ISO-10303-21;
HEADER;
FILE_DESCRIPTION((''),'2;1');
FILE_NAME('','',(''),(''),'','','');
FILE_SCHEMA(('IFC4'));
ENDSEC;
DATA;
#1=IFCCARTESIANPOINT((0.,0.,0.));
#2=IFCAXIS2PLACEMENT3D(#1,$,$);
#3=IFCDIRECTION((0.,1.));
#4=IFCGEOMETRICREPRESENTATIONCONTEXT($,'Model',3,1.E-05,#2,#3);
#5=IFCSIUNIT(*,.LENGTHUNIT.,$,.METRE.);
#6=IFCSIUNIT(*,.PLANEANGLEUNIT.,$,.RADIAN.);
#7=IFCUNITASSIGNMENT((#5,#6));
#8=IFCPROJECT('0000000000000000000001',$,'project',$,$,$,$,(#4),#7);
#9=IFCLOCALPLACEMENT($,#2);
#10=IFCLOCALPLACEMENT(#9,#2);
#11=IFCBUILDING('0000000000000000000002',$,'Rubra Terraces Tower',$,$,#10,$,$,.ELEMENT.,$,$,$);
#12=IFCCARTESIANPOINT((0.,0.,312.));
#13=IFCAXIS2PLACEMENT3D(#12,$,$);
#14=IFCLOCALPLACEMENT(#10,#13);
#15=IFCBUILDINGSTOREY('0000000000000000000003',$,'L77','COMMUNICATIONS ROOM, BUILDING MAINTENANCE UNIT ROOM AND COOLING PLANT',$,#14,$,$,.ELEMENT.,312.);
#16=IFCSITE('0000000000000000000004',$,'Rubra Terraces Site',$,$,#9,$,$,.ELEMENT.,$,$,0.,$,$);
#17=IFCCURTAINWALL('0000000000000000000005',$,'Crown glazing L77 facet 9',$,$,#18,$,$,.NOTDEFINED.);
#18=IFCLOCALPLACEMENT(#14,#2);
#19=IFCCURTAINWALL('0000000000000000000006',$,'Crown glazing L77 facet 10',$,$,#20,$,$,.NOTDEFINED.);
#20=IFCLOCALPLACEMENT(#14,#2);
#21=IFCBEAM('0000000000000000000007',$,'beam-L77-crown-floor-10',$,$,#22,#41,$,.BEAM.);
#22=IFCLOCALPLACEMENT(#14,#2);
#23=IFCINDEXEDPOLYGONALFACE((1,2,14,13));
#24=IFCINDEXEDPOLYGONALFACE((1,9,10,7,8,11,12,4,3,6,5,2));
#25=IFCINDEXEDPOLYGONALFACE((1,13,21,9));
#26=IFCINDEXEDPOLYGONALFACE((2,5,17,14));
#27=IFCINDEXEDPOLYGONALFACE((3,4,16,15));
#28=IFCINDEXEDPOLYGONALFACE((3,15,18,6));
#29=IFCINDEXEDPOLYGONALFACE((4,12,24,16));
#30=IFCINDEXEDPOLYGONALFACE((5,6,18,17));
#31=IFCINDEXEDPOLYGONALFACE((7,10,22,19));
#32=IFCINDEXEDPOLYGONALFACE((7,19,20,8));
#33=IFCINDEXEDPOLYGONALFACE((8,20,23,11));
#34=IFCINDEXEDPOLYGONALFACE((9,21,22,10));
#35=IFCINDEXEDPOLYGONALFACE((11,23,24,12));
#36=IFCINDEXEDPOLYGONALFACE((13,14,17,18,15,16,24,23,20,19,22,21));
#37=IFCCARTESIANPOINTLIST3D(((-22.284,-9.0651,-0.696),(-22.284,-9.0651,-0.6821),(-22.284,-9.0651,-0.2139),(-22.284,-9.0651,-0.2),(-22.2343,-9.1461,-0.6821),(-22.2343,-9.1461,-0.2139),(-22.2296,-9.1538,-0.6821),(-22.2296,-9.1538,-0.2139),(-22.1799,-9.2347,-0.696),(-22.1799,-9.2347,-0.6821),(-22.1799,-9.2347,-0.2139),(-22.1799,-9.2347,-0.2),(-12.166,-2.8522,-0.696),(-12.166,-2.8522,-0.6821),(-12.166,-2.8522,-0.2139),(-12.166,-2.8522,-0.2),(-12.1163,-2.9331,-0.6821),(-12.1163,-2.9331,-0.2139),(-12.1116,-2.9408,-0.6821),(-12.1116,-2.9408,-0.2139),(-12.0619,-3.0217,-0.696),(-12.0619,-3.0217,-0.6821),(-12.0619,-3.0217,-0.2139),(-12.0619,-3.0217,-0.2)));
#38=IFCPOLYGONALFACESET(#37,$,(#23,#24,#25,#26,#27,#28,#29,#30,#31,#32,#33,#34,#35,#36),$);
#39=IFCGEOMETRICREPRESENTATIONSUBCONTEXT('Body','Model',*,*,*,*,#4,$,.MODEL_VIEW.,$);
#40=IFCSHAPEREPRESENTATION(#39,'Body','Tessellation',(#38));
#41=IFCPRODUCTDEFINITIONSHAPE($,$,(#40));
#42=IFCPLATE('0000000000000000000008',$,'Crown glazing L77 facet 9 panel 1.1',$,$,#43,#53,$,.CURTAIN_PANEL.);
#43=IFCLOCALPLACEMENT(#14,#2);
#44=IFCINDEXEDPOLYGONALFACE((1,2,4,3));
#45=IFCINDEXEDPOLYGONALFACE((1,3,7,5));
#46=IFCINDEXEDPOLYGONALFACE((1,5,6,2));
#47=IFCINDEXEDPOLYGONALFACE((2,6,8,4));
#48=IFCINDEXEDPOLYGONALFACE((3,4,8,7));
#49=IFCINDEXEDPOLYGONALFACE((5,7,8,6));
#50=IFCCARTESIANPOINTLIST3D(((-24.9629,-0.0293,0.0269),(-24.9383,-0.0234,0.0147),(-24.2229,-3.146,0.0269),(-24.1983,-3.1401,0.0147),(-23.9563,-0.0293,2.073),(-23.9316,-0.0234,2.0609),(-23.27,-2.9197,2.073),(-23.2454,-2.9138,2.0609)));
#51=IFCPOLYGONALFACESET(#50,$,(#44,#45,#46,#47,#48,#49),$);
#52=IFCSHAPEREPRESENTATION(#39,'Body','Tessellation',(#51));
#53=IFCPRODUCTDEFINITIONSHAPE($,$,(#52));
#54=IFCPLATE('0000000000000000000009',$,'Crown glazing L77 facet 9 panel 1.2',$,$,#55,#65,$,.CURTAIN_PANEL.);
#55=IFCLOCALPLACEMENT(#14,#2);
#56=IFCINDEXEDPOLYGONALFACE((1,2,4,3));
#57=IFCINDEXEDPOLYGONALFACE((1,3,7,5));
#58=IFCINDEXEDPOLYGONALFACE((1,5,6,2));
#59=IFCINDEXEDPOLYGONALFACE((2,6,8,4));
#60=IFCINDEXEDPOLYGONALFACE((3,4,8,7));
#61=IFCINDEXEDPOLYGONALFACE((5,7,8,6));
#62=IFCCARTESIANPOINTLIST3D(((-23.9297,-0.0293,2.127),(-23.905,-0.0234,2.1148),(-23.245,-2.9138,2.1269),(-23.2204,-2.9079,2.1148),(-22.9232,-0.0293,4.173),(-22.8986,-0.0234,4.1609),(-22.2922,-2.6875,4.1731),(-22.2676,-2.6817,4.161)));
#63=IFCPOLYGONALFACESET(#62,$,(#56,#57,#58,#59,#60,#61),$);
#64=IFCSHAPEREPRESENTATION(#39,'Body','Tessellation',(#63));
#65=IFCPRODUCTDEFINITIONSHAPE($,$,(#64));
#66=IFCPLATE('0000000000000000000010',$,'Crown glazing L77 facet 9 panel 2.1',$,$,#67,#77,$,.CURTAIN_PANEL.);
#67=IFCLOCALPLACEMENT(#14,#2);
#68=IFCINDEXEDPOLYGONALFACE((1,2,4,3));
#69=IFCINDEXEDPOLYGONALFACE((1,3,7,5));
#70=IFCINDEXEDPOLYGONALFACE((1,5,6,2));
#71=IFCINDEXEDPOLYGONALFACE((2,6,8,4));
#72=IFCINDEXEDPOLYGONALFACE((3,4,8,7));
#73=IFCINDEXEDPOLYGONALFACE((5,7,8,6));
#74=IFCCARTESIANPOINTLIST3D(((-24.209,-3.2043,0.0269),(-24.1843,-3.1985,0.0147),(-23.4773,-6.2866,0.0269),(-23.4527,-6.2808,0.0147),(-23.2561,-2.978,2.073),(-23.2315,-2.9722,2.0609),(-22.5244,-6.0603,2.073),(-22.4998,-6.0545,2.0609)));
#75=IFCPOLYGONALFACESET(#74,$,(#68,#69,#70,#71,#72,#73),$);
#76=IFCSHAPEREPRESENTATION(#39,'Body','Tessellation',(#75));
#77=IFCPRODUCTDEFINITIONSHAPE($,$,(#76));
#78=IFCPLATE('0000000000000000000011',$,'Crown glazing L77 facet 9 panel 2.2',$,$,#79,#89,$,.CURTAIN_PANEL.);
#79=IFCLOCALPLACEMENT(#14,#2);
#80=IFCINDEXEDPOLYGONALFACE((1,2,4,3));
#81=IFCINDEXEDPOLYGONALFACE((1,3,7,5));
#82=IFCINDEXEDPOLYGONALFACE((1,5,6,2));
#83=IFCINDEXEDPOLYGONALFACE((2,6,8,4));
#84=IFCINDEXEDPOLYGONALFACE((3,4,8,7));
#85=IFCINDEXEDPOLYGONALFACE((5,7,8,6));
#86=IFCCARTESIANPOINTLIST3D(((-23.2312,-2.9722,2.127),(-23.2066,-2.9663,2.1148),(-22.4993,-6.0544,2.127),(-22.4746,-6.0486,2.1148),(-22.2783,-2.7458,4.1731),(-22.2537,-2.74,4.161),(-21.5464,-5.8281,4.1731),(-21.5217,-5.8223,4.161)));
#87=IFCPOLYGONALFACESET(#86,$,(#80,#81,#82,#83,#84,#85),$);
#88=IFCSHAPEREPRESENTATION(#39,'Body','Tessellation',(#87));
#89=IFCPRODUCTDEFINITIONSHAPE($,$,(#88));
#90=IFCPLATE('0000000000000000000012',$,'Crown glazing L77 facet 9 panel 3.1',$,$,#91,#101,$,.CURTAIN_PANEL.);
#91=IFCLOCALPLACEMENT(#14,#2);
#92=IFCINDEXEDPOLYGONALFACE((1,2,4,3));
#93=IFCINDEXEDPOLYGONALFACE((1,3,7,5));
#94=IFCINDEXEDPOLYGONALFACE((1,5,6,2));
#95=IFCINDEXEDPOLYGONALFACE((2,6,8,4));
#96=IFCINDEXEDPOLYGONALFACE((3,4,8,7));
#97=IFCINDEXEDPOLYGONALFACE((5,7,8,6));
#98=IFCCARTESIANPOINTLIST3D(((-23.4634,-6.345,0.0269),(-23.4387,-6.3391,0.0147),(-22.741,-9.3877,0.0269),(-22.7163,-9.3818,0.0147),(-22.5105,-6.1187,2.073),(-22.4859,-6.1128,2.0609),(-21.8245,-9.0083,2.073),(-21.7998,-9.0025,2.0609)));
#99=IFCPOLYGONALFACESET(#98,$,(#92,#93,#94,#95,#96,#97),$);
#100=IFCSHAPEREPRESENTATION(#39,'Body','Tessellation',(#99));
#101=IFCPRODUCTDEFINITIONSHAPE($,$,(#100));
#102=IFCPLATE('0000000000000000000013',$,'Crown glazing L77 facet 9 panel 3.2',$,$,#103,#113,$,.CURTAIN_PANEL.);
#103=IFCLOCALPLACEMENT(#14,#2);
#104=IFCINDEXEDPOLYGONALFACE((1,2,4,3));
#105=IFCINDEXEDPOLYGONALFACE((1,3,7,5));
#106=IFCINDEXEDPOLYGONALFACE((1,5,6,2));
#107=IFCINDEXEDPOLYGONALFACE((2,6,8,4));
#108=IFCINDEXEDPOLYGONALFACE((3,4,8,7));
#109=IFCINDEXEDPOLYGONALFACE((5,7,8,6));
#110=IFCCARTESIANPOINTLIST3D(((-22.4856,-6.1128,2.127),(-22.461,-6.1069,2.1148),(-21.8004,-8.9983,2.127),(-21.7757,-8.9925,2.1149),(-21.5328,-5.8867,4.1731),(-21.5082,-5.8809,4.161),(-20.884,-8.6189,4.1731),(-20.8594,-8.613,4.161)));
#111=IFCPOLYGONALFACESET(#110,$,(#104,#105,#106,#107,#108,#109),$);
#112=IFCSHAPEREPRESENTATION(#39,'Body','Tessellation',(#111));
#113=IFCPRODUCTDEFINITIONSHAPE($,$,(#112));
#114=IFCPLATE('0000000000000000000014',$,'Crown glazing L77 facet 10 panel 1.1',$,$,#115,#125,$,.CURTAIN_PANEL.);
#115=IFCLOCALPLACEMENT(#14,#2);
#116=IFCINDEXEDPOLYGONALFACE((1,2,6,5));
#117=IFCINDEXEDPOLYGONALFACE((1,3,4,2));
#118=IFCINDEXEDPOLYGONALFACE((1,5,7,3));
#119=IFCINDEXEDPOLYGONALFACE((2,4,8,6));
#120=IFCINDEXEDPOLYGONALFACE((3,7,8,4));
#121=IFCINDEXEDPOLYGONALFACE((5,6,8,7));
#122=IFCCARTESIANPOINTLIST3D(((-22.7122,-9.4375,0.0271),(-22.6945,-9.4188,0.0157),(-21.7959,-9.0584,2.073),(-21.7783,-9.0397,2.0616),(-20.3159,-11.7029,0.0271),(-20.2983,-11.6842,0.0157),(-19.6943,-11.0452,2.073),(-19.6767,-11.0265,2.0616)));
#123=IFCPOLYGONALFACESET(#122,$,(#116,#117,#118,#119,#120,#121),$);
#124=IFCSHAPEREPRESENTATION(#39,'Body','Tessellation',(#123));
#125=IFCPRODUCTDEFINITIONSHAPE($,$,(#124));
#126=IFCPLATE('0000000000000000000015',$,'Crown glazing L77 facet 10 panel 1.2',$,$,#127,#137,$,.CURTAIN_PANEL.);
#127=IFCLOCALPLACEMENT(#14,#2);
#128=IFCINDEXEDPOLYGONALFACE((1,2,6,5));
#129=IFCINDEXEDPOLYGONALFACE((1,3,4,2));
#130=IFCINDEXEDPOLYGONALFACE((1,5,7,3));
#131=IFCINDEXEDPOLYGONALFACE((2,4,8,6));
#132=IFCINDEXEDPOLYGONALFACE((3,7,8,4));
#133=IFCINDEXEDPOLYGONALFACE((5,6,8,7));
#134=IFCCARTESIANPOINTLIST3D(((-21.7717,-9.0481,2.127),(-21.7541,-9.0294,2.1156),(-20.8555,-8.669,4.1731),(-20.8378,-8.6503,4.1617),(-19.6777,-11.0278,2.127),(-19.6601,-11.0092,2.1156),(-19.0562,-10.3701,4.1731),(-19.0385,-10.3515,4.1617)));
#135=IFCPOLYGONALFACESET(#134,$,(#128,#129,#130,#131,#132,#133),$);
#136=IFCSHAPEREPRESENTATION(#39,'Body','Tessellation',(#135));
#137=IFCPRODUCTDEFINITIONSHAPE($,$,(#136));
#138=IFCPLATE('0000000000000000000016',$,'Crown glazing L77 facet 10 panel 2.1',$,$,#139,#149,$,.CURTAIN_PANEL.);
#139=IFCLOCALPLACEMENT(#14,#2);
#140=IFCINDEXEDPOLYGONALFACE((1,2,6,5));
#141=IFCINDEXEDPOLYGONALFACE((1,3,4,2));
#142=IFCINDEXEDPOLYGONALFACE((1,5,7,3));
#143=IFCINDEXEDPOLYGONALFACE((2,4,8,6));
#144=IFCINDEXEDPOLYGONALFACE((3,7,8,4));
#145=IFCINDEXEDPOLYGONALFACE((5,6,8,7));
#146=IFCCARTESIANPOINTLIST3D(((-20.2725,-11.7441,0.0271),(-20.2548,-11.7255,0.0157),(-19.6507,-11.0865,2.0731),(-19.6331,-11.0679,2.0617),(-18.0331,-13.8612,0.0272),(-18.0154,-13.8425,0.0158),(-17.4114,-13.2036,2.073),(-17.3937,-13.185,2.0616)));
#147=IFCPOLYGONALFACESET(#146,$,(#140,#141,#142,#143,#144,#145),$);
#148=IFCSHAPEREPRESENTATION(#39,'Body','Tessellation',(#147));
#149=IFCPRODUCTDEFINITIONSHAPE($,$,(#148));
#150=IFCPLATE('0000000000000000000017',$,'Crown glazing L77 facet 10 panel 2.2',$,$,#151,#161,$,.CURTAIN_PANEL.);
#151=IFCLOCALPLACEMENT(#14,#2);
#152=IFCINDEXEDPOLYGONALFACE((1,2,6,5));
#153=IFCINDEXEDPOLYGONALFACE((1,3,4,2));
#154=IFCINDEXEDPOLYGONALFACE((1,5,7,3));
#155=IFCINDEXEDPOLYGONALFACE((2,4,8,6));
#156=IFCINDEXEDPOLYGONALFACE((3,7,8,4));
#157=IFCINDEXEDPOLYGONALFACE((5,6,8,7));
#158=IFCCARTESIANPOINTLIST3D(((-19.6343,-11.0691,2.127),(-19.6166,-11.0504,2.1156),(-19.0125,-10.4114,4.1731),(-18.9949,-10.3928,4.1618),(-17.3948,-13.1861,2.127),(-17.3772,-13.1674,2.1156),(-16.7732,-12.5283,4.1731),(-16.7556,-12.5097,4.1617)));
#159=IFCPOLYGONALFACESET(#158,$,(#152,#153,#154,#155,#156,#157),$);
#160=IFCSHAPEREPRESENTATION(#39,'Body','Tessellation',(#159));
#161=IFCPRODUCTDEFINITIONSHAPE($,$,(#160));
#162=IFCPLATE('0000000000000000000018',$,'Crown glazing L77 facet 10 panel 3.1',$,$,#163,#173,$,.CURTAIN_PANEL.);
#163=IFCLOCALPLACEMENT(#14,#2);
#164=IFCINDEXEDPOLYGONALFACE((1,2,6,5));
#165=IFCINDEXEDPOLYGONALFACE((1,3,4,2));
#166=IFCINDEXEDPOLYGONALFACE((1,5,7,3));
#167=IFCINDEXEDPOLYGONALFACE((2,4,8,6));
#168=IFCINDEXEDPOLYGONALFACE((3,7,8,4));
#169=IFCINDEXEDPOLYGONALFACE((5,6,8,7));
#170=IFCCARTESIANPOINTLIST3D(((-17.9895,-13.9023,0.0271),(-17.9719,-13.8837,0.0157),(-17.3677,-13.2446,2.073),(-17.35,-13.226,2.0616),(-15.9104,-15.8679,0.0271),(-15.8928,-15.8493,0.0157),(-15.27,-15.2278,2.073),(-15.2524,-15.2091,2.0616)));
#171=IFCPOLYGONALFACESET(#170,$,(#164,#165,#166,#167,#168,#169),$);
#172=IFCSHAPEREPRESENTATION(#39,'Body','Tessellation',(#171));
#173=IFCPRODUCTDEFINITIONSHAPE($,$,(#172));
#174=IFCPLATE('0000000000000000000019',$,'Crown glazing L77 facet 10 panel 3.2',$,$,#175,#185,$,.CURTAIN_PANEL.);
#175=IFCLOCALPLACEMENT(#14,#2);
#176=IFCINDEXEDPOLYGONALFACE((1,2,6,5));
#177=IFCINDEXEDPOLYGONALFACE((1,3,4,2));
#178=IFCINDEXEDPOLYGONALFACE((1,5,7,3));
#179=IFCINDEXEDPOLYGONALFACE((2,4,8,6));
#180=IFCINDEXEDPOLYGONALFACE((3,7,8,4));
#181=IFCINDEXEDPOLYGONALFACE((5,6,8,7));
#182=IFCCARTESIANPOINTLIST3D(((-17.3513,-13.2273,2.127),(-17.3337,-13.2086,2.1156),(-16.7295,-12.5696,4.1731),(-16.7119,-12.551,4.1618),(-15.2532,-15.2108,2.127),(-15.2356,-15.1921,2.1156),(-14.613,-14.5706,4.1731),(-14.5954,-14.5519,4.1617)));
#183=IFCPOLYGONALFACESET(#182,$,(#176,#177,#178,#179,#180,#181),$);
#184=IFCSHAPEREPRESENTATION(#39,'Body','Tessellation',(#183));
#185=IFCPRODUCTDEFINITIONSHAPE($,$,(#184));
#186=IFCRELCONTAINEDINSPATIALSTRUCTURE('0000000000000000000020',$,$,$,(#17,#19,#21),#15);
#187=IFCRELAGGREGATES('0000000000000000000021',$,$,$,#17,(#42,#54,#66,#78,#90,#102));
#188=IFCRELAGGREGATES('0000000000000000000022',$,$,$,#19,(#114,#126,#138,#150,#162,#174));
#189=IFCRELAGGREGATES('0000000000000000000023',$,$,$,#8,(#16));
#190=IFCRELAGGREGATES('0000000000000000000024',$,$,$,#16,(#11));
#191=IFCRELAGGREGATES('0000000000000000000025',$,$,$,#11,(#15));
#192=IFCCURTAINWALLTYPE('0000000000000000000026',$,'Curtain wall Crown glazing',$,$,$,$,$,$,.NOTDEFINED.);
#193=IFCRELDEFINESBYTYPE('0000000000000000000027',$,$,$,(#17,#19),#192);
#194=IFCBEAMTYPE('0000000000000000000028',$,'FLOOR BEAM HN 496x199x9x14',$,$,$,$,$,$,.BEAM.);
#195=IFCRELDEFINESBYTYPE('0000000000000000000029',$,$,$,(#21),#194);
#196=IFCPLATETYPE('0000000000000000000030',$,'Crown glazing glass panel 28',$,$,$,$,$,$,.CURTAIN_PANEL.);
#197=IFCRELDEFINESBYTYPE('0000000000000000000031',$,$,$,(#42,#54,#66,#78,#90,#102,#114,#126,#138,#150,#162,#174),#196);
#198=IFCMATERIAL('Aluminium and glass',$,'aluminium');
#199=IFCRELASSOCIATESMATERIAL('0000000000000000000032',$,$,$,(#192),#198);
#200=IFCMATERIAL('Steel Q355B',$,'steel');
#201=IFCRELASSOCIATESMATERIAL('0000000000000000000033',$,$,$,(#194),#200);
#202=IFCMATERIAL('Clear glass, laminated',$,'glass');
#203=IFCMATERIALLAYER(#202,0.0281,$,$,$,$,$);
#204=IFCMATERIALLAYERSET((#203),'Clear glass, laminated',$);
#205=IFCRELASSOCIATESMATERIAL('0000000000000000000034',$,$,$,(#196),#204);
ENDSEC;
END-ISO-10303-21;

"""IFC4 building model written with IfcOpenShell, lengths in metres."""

from ifc_helpers import new_model, si_unit, direction, frame, origin, origin_2d, place, context, subcontext, project, spatial, polyline, i_section, outline, extrude, material, layer, layer_set, material_profile, profile_set, type_object, element, aggregate, save


model = new_model("IFC4")

# Units and contexts
model_context = context("Model", 3, precision=1e-05, world=origin(), true_north=direction((0.0, 1.0)))
body_context = subcontext(model_context, "Body", "Model", "MODEL_VIEW")
ifc_project = project(units=[si_unit("LENGTHUNIT", "METRE"), si_unit("PLANEANGLEUNIT", "RADIAN")], contexts=[model_context])

# Site, building, storey
site_placement = place(None, origin())
site = spatial("IfcSite", under=ifc_project, at=site_placement, Name="Rubra Terraces Site", CompositionType="ELEMENT", RefElevation=0.0)
building_placement = place(site_placement, origin())
building = spatial("IfcBuilding", under=site, at=building_placement, Name="Rubra Terraces Tower", CompositionType="ELEMENT")
storey_placement = place(building_placement, frame((0.0, 0.0, 312.0)))
storey = spatial("IfcBuildingStorey", under=building, at=storey_placement, Name="L77", Description="COMMUNICATIONS ROOM, BUILDING MAINTENANCE UNIT ROOM AND COOLING PLANT", CompositionType="ELEMENT", Elevation=312.0)

# Shared definitions
ifc_material_1 = material(Name="Steel Q355B", Category="steel")

# Curtain walls
ifc_material_2 = material(Name="Aluminium and glass", Category="aluminium")
curtain_wall_type = type_object("IfcCurtainWallType", Name="Curtain wall Crown glazing", PredefinedType="NOTDEFINED", material=ifc_material_2)
curtain_wall_1_placement = place(storey_placement, origin())
curtain_wall_1 = element("IfcCurtainWall", 1, at=curtain_wall_1_placement, inside=storey, type_object=curtain_wall_type, Name="Crown glazing L77 facet 9", PredefinedType="NOTDEFINED")
curtain_wall_2_placement = place(storey_placement, origin())
curtain_wall_2 = element("IfcCurtainWall", 2, at=curtain_wall_2_placement, inside=storey, type_object=curtain_wall_type, Name="Crown glazing L77 facet 10", PredefinedType="NOTDEFINED")

# Beam
ifc_material_profile_1 = material_profile(ifc_material_1, i_section(OverallWidth=0.199, OverallDepth=0.4961, WebThickness=0.009, FlangeThickness=0.0139, at=origin_2d()), Name="HN 496x199x9x14")
ifc_profile_set_1 = profile_set([ifc_material_profile_1], Name="Steel Q355B")
beam_type_1 = type_object("IfcBeamType", Name="FLOOR BEAM HN 496x199x9x14", PredefinedType="BEAM", material=ifc_profile_set_1)
beam_1_placement = place(storey_placement, frame((-22.2319, -9.1499, -0.448), z_axis=(0.852166, 0.523271, 0.0), x_axis=(-0.523271, 0.852166, 0.0)))
element("IfcBeam", 3, at=beam_1_placement, inside=storey, type_object=beam_type_1, Name="beam-L77-crown-floor-10", PredefinedType="BEAM", context=body_context, shape_type="SweptSolid", body=[
    extrude(i_section(OverallWidth=0.199, OverallDepth=0.4961, WebThickness=0.009, FlangeThickness=0.0139, at=origin_2d()), origin(), (0.0, 0.0, 1.0), 11.8733),
])

# Plates
ifc_material_3 = material(Name="Clear glass, laminated", Category="glass")
ifc_layer_1 = layer(ifc_material_3, 0.0281)
ifc_layer_set_1 = layer_set([ifc_layer_1], Name="Clear glass, laminated")
plate_type = type_object("IfcPlateType", Name="Crown glazing glass panel 28", PredefinedType="CURTAIN_PANEL", material=ifc_layer_set_1)
plate_1_placement = place(storey_placement, frame((-24.9629, -0.0293, 0.0269), z_axis=(-0.877601, -0.20837, 0.431738), x_axis=(0.231009, -0.972952, -0.000001)))
plate_1 = element("IfcPlate", 4, at=plate_1_placement, type_object=plate_type, Name="Crown glazing L77 facet 9 panel 1.1", PredefinedType="CURTAIN_PANEL", context=body_context, shape_type="SweptSolid", body=[
    extrude(outline(polyline([(0.0, 0.0), (3.2033, 0.0), (3.2033, 2.2685), (0.2325, 2.2684), (0.0, 0.0)])), origin(), (0.0, 0.0, -1.0), 0.0281),
])
plate_2_placement = place(storey_placement, frame((-23.9297, -0.0293, 2.127), z_axis=(-0.877632, -0.208323, 0.431698), x_axis=(0.230945, -0.972967, -0.000016)))
plate_2 = element("IfcPlate", 5, at=plate_2_placement, type_object=plate_type, Name="Crown glazing L77 facet 9 panel 1.2", PredefinedType="CURTAIN_PANEL", context=body_context, shape_type="SweptSolid", body=[
    extrude(outline(polyline([(0.0, 0.0), (2.9646, 0.0), (2.9645, 2.2685), (0.2324, 2.2684), (0.0, 0.0)])), origin(), (0.0, 0.0, -1.0), 0.0281),
])
plate_3_placement = place(storey_placement, frame((-24.209, -3.2043, 0.0269), z_axis=(-0.877608, -0.208332, 0.431742), x_axis=(0.230968, -0.972961, 0.0)))
plate_3 = element("IfcPlate", 6, at=plate_3_placement, type_object=plate_type, Name="Crown glazing L77 facet 9 panel 2.1", PredefinedType="CURTAIN_PANEL", context=body_context, shape_type="SweptSolid", body=[
    extrude(outline(polyline([(0.0, 0.0), (3.1679, 0.0), (3.1678, 2.2685), (-0.0001, 2.2685), (0.0, 0.0)])), origin(), (0.0, 0.0, -1.0), 0.0281),
])
plate_4_placement = place(storey_placement, frame((-23.2312, -2.9722, 2.127), z_axis=(-0.877593, -0.208398, 0.431742), x_axis=(0.231041, -0.972944, 0.0)))
plate_4 = element("IfcPlate", 7, at=plate_4_placement, type_object=plate_type, Name="Crown glazing L77 facet 9 panel 2.2", PredefinedType="CURTAIN_PANEL", context=body_context, shape_type="SweptSolid", body=[
    extrude(outline(polyline([(0.0, 0.0), (3.168, 0.0), (3.1679, 2.2685), (0.0, 2.2685), (0.0, 0.0)])), origin(), (0.0, 0.0, -1.0), 0.0281),
])
plate_5_placement = place(storey_placement, frame((-23.4634, -6.345, 0.0269), z_axis=(-0.877605, -0.208359, 0.431736), x_axis=(0.230997, -0.972954, 0.000002)))
plate_5 = element("IfcPlate", 8, at=plate_5_placement, type_object=plate_type, Name="Crown glazing L77 facet 9 panel 3.1", PredefinedType="CURTAIN_PANEL", context=body_context, shape_type="SweptSolid", body=[
    extrude(outline(polyline([(0.0, 0.0), (3.1273, 0.0), (2.9699, 2.2684), (-0.0001, 2.2685), (0.0, 0.0)])), origin(), (0.0, 0.0, -1.0), 0.0281),
])
plate_6_placement = place(storey_placement, frame((-22.4856, -6.1128, 2.127), z_axis=(-0.87762, -0.208401, 0.431685), x_axis=(0.231044, -0.972943, 0.000014)))
plate_6 = element("IfcPlate", 9, at=plate_6_placement, type_object=plate_type, Name="Crown glazing L77 facet 9 panel 3.2", PredefinedType="CURTAIN_PANEL", context=body_context, shape_type="SweptSolid", body=[
    extrude(outline(polyline([(0.0, 0.0), (2.9658, 0.0), (2.8084, 2.2683), (0.0002, 2.2684), (0.0, 0.0)])), origin(), (0.0, 0.0, -1.0), 0.0281),
])
aggregate(curtain_wall_1, [plate_1, plate_2, plate_3, plate_4, plate_5, plate_6])
plate_7_placement = place(storey_placement, frame((-22.7122, -9.4375, 0.0271), z_axis=(-0.628269, -0.664558, 0.404525), x_axis=(0.726669, -0.686988, 0.000001)))
plate_7 = element("IfcPlate", 10, at=plate_7_placement, type_object=plate_type, Name="Crown glazing L77 facet 10 panel 1.1", PredefinedType="CURTAIN_PANEL", context=body_context, shape_type="SweptSolid", body=[
    extrude(outline(polyline([(0.0, 0.0), (3.2976, 0.0), (3.2974, 2.2371), (0.4053, 2.2371), (0.0, 0.0)])), origin(), (0.0, 0.0, -1.0), 0.0281),
])
plate_8_placement = place(storey_placement, frame((-21.7717, -9.0481, 2.127), z_axis=(-0.628298, -0.664554, 0.404487), x_axis=(0.726651, -0.687007, 0.000002)))
plate_8 = element("IfcPlate", 11, at=plate_8_placement, type_object=plate_type, Name="Crown glazing L77 facet 10 panel 1.2", PredefinedType="CURTAIN_PANEL", context=body_context, shape_type="SweptSolid", body=[
    extrude(outline(polyline([(0.0, 0.0), (2.8817, 0.0), (2.8815, 2.2373), (0.4053, 2.2373), (0.0, 0.0)])), origin(), (0.0, 0.0, -1.0), 0.0281),
])
plate_9_placement = place(storey_placement, frame((-20.2725, -11.7441, 0.0271), z_axis=(-0.628266, -0.664564, 0.404521), x_axis=(0.72668, -0.686976, 0.000021)))
plate_9 = element("IfcPlate", 12, at=plate_9_placement, type_object=plate_type, Name="Crown glazing L77 facet 10 panel 2.1", PredefinedType="CURTAIN_PANEL", context=body_context, shape_type="SweptSolid", body=[
    extrude(outline(polyline([(0.0, 0.0), (3.0817, 0.0), (3.0818, 2.237), (0.0001, 2.2372), (0.0, 0.0)])), origin(), (0.0, 0.0, -1.0), 0.0281),
])
plate_10_placement = place(storey_placement, frame((-19.6343, -11.0691, 2.127), z_axis=(-0.628249, -0.664584, 0.404513), x_axis=(0.726696, -0.686959, 0.00001)))
plate_10 = element("IfcPlate", 13, at=plate_10_placement, type_object=plate_type, Name="Crown glazing L77 facet 10 panel 2.2", PredefinedType="CURTAIN_PANEL", context=body_context, shape_type="SweptSolid", body=[
    extrude(outline(polyline([(0.0, 0.0), (3.0817, 0.0), (3.0816, 2.2373), (0.0001, 2.2374), (0.0, 0.0)])), origin(), (0.0, 0.0, -1.0), 0.0281),
])
plate_11_placement = place(storey_placement, frame((-17.9895, -13.9023, 0.0271), z_axis=(-0.628257, -0.664536, 0.40458), x_axis=(0.726665, -0.686992, 0.000002)))
plate_11 = element("IfcPlate", 14, at=plate_11_placement, type_object=plate_type, Name="Crown glazing L77 facet 10 panel 3.1", PredefinedType="CURTAIN_PANEL", context=body_context, shape_type="SweptSolid", body=[
    extrude(outline(polyline([(0.0, 0.0), (2.8611, 0.0), (2.8867, 2.2372), (0.0, 2.2372), (0.0, 0.0)])), origin(), (0.0, 0.0, -1.0), 0.0281),
])
plate_12_placement = place(storey_placement, frame((-17.3513, -13.2273, 2.127), z_axis=(-0.628267, -0.66457, 0.404508), x_axis=(0.726679, -0.686977, 0.000012)))
plate_12 = element("IfcPlate", 15, at=plate_12_placement, type_object=plate_type, Name="Crown glazing L77 facet 10 panel 3.2", PredefinedType="CURTAIN_PANEL", context=body_context, shape_type="SweptSolid", body=[
    extrude(outline(polyline([(0.0, 0.0), (2.8872, 0.0), (2.9127, 2.2373), (0.0001, 2.2374), (0.0, 0.0)])), origin(), (0.0, 0.0, -1.0), 0.0281),
])
aggregate(curtain_wall_2, [plate_7, plate_8, plate_9, plate_10, plate_11, plate_12])

save(model, "model.ifc")
